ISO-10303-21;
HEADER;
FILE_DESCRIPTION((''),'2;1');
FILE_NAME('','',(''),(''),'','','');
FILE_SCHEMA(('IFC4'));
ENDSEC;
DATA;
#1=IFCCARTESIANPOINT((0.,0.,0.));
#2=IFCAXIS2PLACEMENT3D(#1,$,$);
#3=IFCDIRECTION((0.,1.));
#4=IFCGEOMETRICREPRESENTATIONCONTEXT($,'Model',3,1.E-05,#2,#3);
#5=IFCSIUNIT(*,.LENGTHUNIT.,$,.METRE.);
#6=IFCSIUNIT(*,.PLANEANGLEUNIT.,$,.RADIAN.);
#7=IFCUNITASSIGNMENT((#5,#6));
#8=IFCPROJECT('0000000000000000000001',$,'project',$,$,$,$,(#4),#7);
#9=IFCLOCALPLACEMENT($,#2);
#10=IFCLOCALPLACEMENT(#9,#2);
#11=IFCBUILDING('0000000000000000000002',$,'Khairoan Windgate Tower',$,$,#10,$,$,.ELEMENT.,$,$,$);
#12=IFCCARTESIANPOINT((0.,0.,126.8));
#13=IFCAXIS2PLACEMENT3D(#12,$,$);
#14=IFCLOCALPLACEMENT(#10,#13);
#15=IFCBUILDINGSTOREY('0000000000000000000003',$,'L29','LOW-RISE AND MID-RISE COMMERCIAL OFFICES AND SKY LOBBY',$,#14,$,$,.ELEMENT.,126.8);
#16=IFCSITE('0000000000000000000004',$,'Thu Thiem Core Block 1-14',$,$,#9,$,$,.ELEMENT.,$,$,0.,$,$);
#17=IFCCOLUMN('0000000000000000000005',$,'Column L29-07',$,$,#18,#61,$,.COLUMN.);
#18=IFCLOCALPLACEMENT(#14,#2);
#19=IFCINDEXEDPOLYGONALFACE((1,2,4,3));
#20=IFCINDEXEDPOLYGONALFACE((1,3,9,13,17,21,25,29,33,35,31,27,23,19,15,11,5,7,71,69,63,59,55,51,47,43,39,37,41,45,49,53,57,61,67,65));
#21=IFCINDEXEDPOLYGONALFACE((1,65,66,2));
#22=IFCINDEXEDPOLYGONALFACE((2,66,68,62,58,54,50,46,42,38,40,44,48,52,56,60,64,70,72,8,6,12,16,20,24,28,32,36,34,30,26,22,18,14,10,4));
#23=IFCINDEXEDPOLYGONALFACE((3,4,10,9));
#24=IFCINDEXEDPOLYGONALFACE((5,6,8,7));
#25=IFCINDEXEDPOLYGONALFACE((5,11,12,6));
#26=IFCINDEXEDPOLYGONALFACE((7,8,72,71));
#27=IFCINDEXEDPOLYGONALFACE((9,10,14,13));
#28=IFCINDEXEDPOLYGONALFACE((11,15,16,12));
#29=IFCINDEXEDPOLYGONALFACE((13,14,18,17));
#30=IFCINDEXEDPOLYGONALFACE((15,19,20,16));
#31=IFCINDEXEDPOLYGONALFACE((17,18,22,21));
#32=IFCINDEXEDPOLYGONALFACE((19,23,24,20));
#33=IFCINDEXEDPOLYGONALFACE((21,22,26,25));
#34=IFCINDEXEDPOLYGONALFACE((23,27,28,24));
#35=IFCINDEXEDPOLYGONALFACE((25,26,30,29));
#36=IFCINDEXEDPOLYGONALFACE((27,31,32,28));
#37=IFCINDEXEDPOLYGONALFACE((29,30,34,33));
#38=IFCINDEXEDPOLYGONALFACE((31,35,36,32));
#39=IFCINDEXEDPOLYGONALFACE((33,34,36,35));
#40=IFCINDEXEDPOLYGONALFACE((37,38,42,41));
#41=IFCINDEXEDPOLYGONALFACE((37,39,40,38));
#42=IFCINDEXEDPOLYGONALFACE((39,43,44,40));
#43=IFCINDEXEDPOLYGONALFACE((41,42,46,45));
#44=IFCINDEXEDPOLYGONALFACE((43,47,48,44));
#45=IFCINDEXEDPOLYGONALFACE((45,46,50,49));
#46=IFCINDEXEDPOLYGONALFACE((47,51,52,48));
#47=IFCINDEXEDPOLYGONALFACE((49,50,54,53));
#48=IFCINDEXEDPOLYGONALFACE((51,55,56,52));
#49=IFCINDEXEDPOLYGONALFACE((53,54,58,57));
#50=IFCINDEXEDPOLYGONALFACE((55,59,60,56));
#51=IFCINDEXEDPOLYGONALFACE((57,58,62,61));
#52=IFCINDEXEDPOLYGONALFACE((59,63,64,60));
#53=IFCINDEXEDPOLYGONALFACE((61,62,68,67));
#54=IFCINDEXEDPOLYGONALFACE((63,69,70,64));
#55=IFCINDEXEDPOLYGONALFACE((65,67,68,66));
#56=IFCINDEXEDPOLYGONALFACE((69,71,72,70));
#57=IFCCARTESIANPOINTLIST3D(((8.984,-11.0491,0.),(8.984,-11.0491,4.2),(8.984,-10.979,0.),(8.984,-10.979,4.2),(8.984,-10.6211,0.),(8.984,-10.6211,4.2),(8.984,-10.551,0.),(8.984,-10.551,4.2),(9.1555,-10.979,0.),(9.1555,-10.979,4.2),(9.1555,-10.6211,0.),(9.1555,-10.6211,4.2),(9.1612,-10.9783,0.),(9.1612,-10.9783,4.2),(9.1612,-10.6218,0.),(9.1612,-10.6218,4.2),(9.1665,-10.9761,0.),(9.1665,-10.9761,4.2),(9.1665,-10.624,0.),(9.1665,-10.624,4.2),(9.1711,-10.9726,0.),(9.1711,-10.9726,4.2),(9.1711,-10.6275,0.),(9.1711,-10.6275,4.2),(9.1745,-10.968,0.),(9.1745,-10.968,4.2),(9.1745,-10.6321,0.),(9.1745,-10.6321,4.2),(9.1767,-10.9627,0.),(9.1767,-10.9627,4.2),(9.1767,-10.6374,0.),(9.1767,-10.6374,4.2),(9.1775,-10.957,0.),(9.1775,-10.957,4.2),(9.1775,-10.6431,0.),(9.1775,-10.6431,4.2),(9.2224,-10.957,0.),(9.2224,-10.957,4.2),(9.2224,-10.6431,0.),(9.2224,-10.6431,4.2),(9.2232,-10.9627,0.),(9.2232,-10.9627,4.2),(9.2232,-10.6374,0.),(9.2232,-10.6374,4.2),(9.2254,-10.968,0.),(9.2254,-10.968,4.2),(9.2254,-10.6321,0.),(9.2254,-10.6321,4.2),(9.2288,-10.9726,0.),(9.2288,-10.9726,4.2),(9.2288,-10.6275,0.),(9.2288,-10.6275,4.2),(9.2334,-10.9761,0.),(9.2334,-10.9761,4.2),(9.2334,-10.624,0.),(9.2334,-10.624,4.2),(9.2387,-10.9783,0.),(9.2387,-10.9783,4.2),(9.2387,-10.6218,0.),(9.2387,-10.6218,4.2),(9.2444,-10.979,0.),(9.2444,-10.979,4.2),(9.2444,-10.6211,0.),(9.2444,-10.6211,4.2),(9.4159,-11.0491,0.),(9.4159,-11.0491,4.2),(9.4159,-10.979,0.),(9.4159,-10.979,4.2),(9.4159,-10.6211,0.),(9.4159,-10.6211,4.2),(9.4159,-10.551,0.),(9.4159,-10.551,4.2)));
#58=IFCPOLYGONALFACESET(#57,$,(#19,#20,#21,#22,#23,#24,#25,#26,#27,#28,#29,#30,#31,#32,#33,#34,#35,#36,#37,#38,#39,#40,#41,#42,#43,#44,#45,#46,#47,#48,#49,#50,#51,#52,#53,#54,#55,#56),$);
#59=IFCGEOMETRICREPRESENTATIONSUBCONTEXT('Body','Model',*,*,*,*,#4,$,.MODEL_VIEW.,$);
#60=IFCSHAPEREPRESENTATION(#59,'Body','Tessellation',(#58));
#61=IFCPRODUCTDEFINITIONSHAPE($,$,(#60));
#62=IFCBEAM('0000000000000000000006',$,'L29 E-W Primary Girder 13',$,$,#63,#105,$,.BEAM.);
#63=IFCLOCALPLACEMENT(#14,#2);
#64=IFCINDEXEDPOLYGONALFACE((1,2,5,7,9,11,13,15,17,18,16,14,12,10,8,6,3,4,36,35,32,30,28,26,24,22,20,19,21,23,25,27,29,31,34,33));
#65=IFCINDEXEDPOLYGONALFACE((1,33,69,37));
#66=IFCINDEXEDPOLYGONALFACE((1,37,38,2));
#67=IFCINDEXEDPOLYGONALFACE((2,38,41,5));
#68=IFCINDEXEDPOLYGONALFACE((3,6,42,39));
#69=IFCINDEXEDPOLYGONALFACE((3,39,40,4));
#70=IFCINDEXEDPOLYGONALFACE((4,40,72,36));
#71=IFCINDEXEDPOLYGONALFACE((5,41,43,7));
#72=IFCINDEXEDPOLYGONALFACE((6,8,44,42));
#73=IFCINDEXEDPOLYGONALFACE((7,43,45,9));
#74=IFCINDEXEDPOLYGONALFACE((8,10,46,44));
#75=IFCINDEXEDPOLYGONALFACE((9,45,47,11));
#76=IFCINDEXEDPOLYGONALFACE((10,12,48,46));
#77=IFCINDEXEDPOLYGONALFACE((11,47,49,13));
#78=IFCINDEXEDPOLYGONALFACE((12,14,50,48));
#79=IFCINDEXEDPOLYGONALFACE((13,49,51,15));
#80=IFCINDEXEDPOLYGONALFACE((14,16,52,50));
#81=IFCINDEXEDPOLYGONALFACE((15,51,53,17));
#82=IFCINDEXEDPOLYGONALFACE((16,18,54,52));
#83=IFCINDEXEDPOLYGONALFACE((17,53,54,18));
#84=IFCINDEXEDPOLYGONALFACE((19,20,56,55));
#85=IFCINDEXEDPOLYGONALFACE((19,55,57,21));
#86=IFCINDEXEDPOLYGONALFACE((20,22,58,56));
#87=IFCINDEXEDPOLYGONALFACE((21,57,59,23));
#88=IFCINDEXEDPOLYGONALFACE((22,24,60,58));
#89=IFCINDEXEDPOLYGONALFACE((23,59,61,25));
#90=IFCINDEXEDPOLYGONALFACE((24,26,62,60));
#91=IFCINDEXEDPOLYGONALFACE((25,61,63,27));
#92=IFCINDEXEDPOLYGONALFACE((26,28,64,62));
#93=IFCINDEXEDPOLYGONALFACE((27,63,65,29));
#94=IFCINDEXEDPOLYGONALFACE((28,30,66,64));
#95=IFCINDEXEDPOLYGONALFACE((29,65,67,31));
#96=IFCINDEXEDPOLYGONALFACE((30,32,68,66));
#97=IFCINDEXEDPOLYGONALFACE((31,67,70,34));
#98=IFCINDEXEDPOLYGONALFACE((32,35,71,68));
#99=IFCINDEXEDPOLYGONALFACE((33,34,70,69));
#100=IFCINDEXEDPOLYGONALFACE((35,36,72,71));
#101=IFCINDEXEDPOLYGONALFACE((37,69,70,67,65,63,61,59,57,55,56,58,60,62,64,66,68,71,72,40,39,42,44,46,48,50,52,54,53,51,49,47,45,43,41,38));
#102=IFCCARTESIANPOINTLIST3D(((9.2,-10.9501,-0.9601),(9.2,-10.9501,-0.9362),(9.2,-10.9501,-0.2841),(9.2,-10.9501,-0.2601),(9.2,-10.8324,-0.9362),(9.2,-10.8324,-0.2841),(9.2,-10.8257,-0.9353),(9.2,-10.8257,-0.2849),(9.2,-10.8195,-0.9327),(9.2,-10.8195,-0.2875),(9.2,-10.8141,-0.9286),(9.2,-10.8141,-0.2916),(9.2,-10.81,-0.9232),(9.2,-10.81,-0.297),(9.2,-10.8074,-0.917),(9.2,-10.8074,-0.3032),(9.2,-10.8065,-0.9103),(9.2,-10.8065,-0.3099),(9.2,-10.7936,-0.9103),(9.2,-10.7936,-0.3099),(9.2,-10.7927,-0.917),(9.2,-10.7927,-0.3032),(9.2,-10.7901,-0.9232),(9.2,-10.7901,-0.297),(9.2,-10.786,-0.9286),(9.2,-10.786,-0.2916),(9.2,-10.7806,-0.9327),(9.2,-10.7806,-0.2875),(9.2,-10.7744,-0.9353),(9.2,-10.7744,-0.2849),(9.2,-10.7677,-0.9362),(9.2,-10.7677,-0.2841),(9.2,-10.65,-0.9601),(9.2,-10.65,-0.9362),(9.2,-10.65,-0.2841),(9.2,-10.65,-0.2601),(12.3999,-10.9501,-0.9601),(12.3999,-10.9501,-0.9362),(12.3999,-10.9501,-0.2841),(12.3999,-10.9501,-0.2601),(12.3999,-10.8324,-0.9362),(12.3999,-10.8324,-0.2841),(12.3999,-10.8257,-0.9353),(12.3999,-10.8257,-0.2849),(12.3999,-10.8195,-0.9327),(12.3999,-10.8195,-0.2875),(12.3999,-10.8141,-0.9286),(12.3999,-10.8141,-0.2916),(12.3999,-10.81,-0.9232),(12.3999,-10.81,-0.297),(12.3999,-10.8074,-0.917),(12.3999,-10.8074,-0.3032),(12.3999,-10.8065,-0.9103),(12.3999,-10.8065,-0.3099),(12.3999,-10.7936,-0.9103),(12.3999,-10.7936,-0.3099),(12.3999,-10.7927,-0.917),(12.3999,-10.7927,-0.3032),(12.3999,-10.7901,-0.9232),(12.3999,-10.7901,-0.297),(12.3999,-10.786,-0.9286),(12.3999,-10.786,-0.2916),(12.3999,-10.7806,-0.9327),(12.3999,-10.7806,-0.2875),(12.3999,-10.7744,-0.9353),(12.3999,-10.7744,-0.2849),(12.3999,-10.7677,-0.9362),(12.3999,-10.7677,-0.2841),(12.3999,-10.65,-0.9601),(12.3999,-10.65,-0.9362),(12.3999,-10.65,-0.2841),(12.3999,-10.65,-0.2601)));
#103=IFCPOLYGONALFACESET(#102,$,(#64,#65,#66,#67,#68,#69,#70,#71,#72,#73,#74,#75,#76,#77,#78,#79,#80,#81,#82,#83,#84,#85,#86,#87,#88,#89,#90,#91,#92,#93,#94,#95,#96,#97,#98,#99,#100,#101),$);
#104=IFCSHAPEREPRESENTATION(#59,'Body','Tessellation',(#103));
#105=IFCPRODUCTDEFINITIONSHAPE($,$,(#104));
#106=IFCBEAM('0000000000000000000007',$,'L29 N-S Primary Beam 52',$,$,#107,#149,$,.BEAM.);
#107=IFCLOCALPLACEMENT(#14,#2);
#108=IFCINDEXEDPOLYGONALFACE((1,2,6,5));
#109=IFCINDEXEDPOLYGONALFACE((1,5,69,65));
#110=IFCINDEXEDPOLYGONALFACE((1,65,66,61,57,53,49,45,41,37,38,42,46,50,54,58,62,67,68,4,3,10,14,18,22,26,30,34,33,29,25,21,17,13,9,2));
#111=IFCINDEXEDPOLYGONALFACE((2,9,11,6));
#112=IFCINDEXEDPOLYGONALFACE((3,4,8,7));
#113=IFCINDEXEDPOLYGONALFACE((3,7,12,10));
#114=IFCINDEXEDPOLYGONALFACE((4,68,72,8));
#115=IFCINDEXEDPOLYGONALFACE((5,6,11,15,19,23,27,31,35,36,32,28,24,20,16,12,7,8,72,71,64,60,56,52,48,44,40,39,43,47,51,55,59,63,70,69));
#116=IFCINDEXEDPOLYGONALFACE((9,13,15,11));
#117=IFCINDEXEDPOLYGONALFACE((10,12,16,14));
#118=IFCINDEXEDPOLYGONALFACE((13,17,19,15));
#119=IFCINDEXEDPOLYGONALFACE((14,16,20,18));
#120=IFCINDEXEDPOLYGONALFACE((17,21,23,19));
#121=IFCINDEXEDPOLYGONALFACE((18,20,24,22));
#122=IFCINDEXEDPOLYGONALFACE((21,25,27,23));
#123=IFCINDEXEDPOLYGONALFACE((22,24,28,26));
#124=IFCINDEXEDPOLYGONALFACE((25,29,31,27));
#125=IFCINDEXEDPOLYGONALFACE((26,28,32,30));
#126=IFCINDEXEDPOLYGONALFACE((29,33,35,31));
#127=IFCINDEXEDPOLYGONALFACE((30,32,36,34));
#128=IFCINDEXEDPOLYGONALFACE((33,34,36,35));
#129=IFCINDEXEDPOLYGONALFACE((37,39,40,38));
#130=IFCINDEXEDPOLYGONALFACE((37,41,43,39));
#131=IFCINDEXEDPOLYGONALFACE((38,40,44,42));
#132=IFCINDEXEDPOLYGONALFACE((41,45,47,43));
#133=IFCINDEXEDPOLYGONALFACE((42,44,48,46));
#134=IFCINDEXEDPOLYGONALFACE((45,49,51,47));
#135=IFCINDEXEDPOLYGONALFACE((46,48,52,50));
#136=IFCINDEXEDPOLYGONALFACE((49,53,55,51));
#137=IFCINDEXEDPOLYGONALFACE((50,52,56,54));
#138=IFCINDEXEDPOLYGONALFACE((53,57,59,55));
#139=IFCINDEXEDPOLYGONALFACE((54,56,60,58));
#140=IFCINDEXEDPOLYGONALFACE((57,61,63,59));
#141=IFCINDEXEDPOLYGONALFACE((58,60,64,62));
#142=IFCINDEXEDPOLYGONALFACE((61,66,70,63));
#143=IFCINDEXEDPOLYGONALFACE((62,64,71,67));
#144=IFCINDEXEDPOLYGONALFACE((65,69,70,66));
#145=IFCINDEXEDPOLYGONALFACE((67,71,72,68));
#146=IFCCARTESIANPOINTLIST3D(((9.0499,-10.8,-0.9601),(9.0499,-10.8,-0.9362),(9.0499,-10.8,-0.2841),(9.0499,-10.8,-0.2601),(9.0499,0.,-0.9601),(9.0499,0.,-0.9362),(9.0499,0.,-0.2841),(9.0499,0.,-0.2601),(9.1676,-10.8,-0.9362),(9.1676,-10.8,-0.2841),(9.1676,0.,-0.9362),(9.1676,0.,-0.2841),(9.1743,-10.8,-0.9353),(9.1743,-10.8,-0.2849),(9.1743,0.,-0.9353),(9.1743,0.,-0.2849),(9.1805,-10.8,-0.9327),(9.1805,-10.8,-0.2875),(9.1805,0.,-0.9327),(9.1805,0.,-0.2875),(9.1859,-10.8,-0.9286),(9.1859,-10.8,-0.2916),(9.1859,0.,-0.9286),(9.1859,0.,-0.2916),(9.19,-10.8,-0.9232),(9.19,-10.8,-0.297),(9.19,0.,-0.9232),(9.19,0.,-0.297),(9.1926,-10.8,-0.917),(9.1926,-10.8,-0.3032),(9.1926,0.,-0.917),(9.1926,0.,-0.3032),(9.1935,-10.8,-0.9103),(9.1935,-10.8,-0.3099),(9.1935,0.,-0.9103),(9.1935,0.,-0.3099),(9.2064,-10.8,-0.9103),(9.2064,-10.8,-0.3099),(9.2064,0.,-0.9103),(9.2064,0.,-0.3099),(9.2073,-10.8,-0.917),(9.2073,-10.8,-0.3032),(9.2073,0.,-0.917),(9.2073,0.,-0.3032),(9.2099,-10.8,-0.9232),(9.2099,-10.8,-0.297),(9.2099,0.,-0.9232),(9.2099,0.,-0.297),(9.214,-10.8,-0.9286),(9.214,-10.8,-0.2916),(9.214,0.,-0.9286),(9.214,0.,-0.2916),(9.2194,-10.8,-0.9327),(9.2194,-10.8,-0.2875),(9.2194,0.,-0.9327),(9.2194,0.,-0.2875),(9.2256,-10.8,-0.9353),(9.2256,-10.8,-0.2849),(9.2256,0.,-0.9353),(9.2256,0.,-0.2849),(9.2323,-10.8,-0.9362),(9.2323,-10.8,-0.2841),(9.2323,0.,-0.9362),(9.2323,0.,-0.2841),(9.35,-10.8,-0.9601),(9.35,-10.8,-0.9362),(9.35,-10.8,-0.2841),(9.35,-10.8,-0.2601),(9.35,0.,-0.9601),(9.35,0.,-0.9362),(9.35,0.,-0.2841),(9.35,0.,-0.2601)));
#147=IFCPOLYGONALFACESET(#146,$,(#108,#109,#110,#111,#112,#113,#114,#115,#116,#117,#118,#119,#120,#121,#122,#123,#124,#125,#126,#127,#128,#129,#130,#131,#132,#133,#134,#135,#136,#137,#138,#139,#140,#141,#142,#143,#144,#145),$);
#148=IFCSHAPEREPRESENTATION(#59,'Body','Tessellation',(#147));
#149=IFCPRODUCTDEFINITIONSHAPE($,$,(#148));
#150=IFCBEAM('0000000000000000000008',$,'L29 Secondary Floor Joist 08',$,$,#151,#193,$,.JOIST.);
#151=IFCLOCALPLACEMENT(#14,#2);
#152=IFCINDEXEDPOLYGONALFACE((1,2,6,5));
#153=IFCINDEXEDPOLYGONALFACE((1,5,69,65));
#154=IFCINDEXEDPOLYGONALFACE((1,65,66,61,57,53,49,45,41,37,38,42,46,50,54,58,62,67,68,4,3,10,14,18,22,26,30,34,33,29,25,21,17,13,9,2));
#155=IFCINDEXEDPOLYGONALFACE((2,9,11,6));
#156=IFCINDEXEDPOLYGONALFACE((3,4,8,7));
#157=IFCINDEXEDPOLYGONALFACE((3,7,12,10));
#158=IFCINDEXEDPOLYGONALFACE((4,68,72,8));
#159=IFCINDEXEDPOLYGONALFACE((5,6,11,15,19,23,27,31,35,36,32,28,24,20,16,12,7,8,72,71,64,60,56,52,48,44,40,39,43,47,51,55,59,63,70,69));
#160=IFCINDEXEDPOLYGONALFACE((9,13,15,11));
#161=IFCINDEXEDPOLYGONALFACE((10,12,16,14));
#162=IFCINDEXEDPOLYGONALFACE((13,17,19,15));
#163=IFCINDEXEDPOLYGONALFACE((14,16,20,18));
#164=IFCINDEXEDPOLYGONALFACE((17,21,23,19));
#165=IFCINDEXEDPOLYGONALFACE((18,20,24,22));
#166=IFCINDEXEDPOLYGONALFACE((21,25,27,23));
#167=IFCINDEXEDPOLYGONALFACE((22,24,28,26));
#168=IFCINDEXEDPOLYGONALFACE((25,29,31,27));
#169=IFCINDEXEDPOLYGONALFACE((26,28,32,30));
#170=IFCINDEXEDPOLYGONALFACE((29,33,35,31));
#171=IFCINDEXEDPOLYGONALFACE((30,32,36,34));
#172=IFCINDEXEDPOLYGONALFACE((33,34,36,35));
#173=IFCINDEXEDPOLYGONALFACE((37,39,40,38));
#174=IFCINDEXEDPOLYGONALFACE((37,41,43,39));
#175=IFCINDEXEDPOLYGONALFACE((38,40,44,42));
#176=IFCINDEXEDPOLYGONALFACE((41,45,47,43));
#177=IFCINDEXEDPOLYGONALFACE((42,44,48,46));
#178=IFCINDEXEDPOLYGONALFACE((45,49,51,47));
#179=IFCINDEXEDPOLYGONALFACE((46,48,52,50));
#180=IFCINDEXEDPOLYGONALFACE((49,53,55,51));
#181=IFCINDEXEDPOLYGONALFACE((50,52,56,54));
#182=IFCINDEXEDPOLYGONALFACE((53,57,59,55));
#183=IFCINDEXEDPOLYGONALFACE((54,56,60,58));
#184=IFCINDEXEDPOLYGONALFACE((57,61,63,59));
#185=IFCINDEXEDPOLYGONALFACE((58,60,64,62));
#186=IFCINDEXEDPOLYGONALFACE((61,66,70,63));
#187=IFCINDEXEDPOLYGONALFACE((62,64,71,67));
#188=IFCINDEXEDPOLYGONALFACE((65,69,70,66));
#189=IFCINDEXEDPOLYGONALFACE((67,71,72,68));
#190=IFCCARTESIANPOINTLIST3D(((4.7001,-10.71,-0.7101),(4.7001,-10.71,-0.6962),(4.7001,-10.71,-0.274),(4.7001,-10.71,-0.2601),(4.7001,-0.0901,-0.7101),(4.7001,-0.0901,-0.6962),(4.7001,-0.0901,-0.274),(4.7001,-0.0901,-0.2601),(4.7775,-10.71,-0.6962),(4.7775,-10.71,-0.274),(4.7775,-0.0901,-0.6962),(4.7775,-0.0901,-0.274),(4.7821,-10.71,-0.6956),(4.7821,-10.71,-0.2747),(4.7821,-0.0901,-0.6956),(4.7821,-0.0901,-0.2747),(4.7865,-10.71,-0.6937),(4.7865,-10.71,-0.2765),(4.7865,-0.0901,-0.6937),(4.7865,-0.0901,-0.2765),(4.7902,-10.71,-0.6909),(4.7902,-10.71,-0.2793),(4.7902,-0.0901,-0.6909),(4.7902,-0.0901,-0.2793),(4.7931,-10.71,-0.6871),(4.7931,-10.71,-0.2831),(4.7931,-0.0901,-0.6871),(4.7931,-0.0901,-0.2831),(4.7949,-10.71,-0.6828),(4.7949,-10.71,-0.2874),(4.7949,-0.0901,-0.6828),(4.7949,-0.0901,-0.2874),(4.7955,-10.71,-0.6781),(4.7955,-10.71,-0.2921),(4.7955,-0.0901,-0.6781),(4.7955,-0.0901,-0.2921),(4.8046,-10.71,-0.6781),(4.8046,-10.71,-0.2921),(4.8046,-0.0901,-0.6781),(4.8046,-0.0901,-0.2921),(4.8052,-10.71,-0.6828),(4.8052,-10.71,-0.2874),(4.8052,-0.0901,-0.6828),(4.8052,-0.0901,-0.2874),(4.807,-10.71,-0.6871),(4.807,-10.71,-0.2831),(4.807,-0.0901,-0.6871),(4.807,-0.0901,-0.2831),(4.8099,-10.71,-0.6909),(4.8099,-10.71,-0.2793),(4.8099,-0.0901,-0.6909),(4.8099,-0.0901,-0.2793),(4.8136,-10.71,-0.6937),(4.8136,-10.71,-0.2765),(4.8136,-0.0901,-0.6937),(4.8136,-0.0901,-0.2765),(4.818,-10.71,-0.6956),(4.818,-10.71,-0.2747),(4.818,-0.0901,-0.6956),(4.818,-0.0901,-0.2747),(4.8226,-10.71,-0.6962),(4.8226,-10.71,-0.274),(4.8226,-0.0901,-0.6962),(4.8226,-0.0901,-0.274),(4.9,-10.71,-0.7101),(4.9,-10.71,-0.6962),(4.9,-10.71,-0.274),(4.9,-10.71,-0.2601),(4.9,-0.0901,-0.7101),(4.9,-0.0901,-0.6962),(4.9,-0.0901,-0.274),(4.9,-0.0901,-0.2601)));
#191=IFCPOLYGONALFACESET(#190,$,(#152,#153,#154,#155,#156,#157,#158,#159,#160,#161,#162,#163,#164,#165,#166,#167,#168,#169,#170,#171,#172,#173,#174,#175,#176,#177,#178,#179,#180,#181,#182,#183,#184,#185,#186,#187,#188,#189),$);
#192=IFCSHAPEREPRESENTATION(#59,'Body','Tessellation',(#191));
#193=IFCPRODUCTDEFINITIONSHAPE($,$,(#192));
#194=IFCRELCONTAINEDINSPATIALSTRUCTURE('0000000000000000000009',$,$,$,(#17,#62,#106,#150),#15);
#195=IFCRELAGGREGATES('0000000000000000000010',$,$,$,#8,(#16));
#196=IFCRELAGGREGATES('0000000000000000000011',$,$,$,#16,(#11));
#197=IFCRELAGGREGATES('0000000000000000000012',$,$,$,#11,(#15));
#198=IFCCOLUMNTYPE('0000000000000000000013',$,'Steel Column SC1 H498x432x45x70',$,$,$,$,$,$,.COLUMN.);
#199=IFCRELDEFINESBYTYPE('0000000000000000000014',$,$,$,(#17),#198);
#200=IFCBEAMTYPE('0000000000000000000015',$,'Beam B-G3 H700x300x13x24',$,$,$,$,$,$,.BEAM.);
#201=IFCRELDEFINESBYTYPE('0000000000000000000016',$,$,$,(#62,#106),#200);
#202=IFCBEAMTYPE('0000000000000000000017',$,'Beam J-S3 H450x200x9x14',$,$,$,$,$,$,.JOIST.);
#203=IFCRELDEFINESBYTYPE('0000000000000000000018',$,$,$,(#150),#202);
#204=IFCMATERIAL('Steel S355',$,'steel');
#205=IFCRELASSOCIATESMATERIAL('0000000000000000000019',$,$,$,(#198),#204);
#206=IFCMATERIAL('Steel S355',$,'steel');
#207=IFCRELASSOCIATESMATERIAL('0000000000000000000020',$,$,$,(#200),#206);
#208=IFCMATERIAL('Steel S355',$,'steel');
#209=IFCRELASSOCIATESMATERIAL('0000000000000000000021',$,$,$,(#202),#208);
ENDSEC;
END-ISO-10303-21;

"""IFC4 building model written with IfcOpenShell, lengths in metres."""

from ifc_helpers import new_model, si_unit, direction, frame, origin, origin_2d, place, context, subcontext, project, spatial, i_section, extrude, material, material_profile, profile_set, type_object, element, save


model = new_model("IFC4")

# Units and contexts
model_context = context("Model", 3, precision=1e-05, world=origin(), true_north=direction((0.0, 1.0)))
body_context = subcontext(model_context, "Body", "Model", "MODEL_VIEW")
ifc_project = project(units=[si_unit("LENGTHUNIT", "METRE"), si_unit("PLANEANGLEUNIT", "RADIAN")], contexts=[model_context])

# Site, building, storey
site_placement = place(None, origin())
site = spatial("IfcSite", under=ifc_project, at=site_placement, Name="Thu Thiem Core Block 1-14", CompositionType="ELEMENT", RefElevation=0.0)
building_placement = place(site_placement, origin())
building = spatial("IfcBuilding", under=site, at=building_placement, Name="Khairoan Windgate Tower", CompositionType="ELEMENT")
storey_placement = place(building_placement, frame((0.0, 0.0, 126.8)))
storey = spatial("IfcBuildingStorey", under=building, at=storey_placement, Name="L29", Description="LOW-RISE AND MID-RISE COMMERCIAL OFFICES AND SKY LOBBY", CompositionType="ELEMENT", Elevation=126.8)

# Column
ifc_material_1 = material(Name="Steel S355", Category="steel")
ifc_material_profile_1 = material_profile(ifc_material_1, i_section(OverallWidth=0.4319, OverallDepth=0.498, WebThickness=0.0449, FlangeThickness=0.0701, FilletRadius=0.022, at=origin_2d()))
ifc_profile_set_1 = profile_set([ifc_material_profile_1], Name="Steel S355")
column_type = type_object("IfcColumnType", Name="Steel Column SC1 H498x432x45x70", PredefinedType="COLUMN", material=ifc_profile_set_1)
column_placement = place(storey_placement, frame((9.2, -10.8, 0.0), z_axis=(0.0, 0.0, 1.0), x_axis=(1.0, 0.0, 0.0)))
element("IfcColumn", 1, at=column_placement, inside=storey, type_object=column_type, Name="Column L29-07", PredefinedType="COLUMN", context=body_context, shape_type="SweptSolid", body=[
    extrude(i_section(OverallWidth=0.4319, OverallDepth=0.498, WebThickness=0.0449, FlangeThickness=0.0701, FilletRadius=0.022, at=origin_2d()), origin(), (0.0, 0.0, 1.0), 4.2),
])

# Beams
ifc_material_2 = material(Name="Steel S355", Category="steel")
ifc_material_profile_2 = material_profile(ifc_material_2, i_section(OverallWidth=0.3, OverallDepth=0.7, WebThickness=0.0129, FlangeThickness=0.0239, FilletRadius=0.0259, at=origin_2d()))
ifc_profile_set_2 = profile_set([ifc_material_profile_2], Name="Steel S355")
beam_type_1 = type_object("IfcBeamType", Name="Beam B-G3 H700x300x13x24", PredefinedType="BEAM", material=ifc_profile_set_2)
beam_1_placement = place(storey_placement, frame((9.2, -10.8, -0.6101), z_axis=(1.0, 0.0, 0.0), x_axis=(0.0, 1.0, 0.0)))
element("IfcBeam", 2, at=beam_1_placement, inside=storey, type_object=beam_type_1, Name="L29 E-W Primary Girder 13", PredefinedType="BEAM", context=body_context, shape_type="SweptSolid", body=[
    extrude(i_section(OverallWidth=0.3, OverallDepth=0.7, WebThickness=0.0129, FlangeThickness=0.0239, FilletRadius=0.0259, at=origin_2d()), origin(), (0.0, 0.0, 1.0), 3.2),
])
beam_2_placement = place(storey_placement, frame((9.2, -10.8, -0.6101), z_axis=(0.0, 1.0, 0.0), x_axis=(-1.0, 0.0, 0.0)))
element("IfcBeam", 3, at=beam_2_placement, inside=storey, type_object=beam_type_1, Name="L29 N-S Primary Beam 52", PredefinedType="BEAM", context=body_context, shape_type="SweptSolid", body=[
    extrude(i_section(OverallWidth=0.3, OverallDepth=0.7, WebThickness=0.0129, FlangeThickness=0.0239, FilletRadius=0.0259, at=origin_2d()), origin(), (0.0, 0.0, 1.0), 10.8),
])
ifc_material_3 = material(Name="Steel S355", Category="steel")
ifc_material_profile_3 = material_profile(ifc_material_3, i_section(OverallWidth=0.2, OverallDepth=0.45, WebThickness=0.009, FlangeThickness=0.0139, FilletRadius=0.0181, at=origin_2d()))
ifc_profile_set_3 = profile_set([ifc_material_profile_3], Name="Steel S355")
beam_type_2 = type_object("IfcBeamType", Name="Beam J-S3 H450x200x9x14", PredefinedType="JOIST", material=ifc_profile_set_3)
beam_3_placement = place(storey_placement, frame((4.8, -10.71, -0.4851), z_axis=(0.0, 1.0, 0.0), x_axis=(-1.0, 0.0, 0.0)))
element("IfcBeam", 4, at=beam_3_placement, inside=storey, type_object=beam_type_2, Name="L29 Secondary Floor Joist 08", PredefinedType="JOIST", context=body_context, shape_type="SweptSolid", body=[
    extrude(i_section(OverallWidth=0.2, OverallDepth=0.45, WebThickness=0.009, FlangeThickness=0.0139, FilletRadius=0.0181, at=origin_2d()), origin(), (0.0, 0.0, 1.0), 10.6199),
])

save(model, "model.ifc")
